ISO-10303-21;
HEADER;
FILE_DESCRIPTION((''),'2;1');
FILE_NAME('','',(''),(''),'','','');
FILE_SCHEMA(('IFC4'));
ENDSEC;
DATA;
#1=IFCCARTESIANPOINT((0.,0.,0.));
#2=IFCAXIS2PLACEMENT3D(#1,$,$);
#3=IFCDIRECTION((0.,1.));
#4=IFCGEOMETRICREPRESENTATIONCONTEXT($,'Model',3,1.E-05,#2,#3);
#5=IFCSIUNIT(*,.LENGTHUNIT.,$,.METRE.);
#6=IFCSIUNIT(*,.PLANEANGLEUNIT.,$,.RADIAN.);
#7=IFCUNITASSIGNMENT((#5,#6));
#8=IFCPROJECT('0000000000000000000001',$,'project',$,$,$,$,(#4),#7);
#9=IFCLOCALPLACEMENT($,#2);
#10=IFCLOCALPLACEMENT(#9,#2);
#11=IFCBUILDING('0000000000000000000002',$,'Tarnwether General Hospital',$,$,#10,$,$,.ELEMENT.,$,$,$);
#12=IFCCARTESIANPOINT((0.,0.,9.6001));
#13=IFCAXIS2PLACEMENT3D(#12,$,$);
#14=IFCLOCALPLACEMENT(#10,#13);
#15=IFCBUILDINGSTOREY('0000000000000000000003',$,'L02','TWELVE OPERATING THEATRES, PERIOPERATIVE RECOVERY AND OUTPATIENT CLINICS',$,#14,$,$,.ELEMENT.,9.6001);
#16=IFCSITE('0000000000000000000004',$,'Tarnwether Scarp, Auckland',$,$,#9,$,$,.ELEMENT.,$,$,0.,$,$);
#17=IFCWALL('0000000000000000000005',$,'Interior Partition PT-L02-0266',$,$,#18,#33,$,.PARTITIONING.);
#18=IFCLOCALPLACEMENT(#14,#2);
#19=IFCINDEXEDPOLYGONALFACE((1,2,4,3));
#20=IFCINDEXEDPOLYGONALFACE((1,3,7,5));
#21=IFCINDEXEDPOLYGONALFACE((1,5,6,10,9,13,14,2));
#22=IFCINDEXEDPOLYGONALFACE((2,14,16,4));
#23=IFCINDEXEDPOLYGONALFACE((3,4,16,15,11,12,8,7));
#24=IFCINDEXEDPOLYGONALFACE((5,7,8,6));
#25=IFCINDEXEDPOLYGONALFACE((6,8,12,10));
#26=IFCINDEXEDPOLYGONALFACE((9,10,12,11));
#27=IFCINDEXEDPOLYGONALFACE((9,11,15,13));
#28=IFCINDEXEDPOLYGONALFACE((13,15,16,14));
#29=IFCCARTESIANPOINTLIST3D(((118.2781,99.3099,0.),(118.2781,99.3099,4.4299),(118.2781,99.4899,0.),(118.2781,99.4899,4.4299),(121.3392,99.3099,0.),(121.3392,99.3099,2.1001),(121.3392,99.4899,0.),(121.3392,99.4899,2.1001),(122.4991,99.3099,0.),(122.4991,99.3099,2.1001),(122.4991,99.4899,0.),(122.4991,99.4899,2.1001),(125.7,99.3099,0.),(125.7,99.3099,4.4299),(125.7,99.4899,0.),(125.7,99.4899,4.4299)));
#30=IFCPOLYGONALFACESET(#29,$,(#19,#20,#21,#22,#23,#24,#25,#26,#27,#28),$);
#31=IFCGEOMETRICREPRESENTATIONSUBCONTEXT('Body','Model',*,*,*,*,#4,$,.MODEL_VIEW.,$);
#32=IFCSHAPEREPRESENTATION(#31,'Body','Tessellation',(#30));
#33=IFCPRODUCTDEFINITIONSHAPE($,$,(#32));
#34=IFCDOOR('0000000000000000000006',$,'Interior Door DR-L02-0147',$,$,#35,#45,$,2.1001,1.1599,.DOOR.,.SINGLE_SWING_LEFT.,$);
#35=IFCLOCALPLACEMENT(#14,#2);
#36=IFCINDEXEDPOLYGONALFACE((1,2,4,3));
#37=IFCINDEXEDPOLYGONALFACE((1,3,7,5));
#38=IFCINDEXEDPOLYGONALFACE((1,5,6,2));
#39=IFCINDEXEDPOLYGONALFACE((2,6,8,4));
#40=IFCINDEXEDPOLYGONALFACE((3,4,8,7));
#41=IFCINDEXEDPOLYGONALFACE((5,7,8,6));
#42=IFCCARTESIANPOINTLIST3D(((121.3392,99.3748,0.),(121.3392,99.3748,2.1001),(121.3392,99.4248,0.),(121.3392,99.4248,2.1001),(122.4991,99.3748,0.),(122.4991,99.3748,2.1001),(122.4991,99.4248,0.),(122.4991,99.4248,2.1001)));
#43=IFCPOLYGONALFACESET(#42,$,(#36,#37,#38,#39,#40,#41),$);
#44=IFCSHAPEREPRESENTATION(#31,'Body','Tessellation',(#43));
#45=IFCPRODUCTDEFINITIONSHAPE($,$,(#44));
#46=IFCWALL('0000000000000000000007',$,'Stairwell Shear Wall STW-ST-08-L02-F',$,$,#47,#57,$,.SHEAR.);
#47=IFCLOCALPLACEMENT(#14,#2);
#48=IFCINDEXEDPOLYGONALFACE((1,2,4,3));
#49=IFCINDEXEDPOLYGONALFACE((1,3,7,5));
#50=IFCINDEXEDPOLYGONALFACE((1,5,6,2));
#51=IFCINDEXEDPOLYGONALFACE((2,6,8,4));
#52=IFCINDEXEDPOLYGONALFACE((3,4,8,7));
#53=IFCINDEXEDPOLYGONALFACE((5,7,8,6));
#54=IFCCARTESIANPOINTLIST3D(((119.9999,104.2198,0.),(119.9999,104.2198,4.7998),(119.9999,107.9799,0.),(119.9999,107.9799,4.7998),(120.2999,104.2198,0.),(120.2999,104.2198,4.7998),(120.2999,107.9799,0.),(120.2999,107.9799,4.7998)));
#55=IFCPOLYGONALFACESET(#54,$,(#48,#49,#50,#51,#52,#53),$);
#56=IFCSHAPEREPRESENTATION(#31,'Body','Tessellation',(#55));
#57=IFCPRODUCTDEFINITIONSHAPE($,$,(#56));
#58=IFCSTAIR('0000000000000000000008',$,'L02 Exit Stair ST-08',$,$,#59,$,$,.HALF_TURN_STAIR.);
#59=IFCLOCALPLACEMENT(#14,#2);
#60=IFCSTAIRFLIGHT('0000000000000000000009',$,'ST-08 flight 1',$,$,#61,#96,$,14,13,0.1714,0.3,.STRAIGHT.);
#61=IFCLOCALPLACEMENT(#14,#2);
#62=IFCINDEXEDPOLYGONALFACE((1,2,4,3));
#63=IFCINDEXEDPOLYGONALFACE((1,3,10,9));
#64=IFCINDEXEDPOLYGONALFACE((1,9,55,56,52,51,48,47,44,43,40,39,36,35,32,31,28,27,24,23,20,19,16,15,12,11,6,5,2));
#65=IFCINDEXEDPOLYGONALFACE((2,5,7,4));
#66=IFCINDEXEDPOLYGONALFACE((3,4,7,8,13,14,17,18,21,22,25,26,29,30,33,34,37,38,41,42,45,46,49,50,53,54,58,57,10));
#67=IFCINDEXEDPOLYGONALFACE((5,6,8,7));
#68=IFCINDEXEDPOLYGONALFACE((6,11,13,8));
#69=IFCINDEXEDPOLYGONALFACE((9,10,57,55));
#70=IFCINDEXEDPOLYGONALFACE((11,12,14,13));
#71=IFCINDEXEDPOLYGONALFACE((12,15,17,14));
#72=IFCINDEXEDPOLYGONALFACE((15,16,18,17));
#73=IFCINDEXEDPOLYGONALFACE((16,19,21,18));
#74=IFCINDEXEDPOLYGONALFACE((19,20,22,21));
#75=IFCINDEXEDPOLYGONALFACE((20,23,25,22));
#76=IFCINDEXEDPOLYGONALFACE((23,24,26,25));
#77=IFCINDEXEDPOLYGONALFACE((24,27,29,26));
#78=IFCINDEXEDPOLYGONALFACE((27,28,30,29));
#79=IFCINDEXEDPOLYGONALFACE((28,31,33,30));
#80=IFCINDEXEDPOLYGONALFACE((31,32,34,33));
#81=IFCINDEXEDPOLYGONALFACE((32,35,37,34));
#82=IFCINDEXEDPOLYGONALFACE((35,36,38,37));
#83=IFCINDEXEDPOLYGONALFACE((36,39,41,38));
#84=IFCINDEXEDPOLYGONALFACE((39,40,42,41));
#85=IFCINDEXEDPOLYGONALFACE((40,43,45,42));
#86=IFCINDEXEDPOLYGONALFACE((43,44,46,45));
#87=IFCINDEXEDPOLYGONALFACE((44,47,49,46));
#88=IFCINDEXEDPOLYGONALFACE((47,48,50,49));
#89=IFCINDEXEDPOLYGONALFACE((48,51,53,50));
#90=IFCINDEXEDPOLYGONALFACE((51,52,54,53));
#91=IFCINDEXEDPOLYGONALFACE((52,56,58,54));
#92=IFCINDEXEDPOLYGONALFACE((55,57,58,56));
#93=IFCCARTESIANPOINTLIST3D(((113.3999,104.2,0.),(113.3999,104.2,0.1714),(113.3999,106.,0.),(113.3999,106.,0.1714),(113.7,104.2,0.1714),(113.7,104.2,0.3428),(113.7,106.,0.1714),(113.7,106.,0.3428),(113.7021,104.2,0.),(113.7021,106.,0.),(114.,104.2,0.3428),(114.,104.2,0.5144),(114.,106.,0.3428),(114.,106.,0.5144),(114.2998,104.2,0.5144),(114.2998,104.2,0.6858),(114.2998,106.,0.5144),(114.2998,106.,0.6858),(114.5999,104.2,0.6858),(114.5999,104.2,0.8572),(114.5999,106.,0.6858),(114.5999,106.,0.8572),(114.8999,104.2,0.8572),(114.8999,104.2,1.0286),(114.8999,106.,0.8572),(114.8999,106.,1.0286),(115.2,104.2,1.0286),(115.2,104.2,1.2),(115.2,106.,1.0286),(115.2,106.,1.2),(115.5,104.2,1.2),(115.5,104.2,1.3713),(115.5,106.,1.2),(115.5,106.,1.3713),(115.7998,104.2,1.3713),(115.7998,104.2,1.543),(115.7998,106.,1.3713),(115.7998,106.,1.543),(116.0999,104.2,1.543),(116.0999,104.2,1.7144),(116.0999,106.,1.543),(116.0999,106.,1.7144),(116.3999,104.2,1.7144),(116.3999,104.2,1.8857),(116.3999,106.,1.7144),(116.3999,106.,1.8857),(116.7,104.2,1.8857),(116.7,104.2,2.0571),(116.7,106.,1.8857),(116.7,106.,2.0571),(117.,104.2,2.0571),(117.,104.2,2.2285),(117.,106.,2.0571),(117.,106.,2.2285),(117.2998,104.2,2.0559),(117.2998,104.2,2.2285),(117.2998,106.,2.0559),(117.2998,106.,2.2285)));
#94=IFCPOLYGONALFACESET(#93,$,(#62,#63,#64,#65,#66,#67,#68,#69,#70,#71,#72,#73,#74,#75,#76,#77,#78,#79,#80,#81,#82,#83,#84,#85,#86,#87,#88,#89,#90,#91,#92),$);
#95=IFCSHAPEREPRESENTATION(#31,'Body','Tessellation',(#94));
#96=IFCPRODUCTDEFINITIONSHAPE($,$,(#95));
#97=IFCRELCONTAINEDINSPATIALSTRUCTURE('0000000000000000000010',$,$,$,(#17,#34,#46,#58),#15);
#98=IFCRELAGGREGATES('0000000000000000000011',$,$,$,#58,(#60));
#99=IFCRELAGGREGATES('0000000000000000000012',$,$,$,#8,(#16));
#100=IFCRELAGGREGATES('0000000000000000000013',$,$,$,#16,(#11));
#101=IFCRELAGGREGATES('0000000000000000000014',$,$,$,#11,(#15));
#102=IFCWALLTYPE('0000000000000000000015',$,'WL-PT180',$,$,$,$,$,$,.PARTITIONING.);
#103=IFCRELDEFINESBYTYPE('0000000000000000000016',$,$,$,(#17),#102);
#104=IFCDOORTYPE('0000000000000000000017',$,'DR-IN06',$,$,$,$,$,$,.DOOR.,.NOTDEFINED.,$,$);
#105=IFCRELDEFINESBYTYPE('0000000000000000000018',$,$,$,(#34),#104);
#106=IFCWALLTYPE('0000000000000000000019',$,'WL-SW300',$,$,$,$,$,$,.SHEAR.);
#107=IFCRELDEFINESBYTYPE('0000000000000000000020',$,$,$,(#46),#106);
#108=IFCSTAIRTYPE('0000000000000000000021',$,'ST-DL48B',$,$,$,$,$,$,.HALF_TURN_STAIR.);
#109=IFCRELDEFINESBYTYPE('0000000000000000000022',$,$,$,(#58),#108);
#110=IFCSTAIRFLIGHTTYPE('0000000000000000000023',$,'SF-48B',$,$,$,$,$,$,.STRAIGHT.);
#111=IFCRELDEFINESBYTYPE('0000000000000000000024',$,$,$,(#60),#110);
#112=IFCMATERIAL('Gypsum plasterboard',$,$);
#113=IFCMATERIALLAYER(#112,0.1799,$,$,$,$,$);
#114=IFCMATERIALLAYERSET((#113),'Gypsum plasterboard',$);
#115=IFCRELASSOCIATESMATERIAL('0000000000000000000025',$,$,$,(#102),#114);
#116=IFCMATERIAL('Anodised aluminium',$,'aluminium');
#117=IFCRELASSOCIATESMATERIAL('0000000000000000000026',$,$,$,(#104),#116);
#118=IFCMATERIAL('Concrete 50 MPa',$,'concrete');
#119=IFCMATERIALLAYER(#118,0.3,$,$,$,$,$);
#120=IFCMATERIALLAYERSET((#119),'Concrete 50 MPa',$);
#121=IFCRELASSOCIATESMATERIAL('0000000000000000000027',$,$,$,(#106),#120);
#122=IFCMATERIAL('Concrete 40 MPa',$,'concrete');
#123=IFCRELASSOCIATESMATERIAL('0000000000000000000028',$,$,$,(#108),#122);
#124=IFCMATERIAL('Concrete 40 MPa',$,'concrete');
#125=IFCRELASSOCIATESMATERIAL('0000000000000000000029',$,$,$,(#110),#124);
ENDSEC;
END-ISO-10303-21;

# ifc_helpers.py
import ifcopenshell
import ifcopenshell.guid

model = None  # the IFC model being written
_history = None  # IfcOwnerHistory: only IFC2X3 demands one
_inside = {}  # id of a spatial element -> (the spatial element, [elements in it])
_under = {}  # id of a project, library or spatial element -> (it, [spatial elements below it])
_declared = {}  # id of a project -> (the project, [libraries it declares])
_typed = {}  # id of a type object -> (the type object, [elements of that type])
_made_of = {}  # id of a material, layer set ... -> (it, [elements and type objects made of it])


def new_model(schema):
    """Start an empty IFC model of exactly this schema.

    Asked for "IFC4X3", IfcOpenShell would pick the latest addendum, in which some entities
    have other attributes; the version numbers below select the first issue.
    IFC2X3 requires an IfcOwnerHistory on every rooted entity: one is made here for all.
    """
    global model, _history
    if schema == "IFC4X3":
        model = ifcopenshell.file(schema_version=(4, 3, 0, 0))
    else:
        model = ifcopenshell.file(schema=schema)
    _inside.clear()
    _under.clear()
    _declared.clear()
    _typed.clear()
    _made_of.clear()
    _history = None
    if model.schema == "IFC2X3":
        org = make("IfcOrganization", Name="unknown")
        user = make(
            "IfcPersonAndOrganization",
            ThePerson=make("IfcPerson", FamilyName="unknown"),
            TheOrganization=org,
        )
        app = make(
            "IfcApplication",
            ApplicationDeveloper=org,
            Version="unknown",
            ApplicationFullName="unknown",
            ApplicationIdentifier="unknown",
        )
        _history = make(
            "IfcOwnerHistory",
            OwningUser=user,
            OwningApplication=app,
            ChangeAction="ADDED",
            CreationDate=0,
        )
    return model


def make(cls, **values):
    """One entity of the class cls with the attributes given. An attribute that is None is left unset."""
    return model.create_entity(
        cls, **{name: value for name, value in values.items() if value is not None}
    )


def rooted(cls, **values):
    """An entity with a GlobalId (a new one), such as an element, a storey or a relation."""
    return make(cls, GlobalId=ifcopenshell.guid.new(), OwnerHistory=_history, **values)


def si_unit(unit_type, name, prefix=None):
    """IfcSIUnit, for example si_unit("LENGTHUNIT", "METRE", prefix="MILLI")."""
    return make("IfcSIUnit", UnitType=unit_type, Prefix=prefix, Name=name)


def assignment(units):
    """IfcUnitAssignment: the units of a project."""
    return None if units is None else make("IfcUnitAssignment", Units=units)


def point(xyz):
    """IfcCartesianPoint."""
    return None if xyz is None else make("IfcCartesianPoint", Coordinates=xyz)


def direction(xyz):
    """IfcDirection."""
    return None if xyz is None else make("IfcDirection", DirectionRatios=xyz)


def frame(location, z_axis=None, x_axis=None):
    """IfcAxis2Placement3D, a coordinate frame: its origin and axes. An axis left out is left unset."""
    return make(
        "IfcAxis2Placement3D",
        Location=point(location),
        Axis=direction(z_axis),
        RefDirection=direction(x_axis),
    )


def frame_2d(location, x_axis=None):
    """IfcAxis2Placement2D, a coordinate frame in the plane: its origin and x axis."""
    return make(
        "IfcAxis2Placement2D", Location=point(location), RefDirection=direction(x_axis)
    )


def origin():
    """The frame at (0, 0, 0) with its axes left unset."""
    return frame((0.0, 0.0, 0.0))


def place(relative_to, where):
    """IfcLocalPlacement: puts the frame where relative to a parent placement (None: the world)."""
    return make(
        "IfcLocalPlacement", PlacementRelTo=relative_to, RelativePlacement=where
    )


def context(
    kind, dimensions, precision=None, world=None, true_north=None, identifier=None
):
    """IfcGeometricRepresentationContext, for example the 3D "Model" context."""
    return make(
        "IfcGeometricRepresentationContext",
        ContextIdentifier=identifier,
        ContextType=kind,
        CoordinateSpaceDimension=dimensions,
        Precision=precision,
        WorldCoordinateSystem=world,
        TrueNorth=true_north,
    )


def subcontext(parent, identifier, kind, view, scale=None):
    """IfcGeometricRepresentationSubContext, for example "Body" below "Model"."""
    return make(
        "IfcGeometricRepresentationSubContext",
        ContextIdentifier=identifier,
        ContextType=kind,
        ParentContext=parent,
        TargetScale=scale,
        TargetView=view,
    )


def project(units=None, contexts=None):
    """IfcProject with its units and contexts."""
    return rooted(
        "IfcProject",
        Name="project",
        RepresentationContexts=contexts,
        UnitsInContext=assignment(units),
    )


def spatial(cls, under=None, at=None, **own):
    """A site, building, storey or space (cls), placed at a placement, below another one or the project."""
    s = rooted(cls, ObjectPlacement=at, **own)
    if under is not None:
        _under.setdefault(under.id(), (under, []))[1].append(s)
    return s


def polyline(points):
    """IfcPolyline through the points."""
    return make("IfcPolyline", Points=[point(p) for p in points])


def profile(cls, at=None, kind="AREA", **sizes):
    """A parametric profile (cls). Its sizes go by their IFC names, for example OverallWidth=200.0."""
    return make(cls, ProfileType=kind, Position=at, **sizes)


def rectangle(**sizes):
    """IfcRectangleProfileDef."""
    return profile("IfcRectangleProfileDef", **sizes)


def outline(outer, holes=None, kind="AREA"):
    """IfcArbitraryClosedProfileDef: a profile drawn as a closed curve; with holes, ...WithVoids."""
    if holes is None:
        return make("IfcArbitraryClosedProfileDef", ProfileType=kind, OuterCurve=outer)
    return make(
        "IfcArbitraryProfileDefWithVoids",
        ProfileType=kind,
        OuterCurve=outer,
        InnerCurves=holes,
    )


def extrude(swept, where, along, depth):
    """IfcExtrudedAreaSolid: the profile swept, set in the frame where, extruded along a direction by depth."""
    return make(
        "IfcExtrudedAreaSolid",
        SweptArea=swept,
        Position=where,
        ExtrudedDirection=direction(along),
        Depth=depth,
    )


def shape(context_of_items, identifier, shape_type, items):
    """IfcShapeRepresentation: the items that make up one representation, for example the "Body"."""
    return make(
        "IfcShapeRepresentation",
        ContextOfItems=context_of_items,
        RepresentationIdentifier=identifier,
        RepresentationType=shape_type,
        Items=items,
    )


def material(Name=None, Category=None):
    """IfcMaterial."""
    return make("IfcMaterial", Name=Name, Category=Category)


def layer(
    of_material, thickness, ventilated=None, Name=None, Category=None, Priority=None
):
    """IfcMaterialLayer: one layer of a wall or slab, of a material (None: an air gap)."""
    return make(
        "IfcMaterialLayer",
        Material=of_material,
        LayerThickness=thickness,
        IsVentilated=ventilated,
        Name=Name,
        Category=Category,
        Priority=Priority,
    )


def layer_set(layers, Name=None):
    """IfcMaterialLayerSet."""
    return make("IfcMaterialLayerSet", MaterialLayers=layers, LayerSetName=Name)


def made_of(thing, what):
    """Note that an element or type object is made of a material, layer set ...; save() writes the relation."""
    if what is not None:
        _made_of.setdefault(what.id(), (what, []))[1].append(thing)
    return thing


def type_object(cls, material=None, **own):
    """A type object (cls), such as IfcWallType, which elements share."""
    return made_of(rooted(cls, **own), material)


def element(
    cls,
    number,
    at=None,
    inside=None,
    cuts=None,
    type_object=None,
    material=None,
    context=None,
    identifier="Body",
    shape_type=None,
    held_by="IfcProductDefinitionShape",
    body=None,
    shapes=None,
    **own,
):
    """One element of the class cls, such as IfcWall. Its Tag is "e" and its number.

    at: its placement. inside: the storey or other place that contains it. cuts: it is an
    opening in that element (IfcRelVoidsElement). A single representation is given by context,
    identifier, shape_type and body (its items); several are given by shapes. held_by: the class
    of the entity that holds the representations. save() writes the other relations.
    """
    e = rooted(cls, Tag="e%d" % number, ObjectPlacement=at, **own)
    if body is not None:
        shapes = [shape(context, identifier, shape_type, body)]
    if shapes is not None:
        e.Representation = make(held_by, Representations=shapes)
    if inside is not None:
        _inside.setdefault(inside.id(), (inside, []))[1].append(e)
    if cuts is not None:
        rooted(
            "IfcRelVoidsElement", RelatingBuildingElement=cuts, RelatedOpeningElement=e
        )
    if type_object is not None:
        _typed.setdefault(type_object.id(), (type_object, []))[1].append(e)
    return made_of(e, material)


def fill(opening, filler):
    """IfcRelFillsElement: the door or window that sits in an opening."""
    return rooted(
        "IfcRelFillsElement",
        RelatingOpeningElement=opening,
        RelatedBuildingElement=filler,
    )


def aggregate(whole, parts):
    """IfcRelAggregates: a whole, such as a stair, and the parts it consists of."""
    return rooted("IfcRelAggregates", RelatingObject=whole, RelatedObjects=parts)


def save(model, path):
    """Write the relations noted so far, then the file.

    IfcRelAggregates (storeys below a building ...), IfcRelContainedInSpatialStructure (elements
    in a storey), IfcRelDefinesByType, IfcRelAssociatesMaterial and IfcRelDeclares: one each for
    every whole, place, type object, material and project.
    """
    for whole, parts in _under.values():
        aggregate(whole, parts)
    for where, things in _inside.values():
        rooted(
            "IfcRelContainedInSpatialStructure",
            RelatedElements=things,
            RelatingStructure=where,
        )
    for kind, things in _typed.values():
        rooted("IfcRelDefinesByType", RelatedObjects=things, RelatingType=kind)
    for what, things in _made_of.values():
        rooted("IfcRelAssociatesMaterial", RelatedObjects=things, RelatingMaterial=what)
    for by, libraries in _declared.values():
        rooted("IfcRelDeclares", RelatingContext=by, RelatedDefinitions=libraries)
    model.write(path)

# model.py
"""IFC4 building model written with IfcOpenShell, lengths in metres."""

from ifc_helpers import new_model, si_unit, direction, frame, frame_2d, origin, place, context, subcontext, project, spatial, polyline, rectangle, outline, extrude, material, layer, layer_set, type_object, element, fill, aggregate, save


model = new_model("IFC4")

# Units and contexts
model_context = context("Model", 3, precision=1e-05, world=origin(), true_north=direction((0.0, 1.0)))
body_context = subcontext(model_context, "Body", "Model", "MODEL_VIEW")
ifc_project = project(units=[si_unit("LENGTHUNIT", "METRE"), si_unit("PLANEANGLEUNIT", "RADIAN")], contexts=[model_context])

# Site, building, storey
site_placement = place(None, origin())
site = spatial("IfcSite", under=ifc_project, at=site_placement, Name="Tarnwether Scarp, Auckland", CompositionType="ELEMENT", RefElevation=0.0)
building_placement = place(site_placement, origin())
building = spatial("IfcBuilding", under=site, at=building_placement, Name="Tarnwether General Hospital", CompositionType="ELEMENT")
storey_placement = place(building_placement, frame((0.0, 0.0, 9.6001)))
storey = spatial("IfcBuildingStorey", under=building, at=storey_placement, Name="L02", Description="TWELVE OPERATING THEATRES, PERIOPERATIVE RECOVERY AND OUTPATIENT CLINICS", CompositionType="ELEMENT", Elevation=9.6001)

# Shared definitions
ifc_material_1 = material(Name="Gypsum plasterboard")
ifc_layer_1 = layer(ifc_material_1, 0.1799)
ifc_layer_set_1 = layer_set([ifc_layer_1], Name="Gypsum plasterboard")
wall_type_1 = type_object("IfcWallType", Name="WL-PT180", PredefinedType="PARTITIONING", material=ifc_layer_set_1)

# Wall, opening, door
wall_1_placement = place(storey_placement, frame((118.2781, 99.3999, 0.0), z_axis=(0.0, 0.0, 1.0), x_axis=(1.0, 0.0, 0.0)))
wall_1 = element("IfcWall", 1, at=wall_1_placement, inside=storey, type_object=wall_type_1, Name="Interior Partition PT-L02-0266", PredefinedType="PARTITIONING", context=body_context, shape_type="SweptSolid", body=[
    extrude(rectangle(XDim=7.4219, YDim=0.1799, at=frame_2d((3.7109, 0.0))), origin(), (0.0, 0.0, 1.0), 4.4299),
])
opening_1_placement = place(wall_1_placement, frame((3.061, 0.0, 0.0)))
opening_1 = element("IfcOpeningElement", 2, at=opening_1_placement, cuts=wall_1, PredefinedType="OPENING", context=body_context, shape_type="SweptSolid", body=[
    extrude(rectangle(XDim=1.1599, YDim=2.1001, at=frame_2d((0.5801, 1.05))), frame((0.0, 0.1001, 0.0), z_axis=(0.0, -1.0, 0.0), x_axis=(1.0, 0.0, 0.0)), (0.0, 0.0, 1.0), 0.2),
])
ifc_material_2 = material(Name="Anodised aluminium", Category="aluminium")
door_type_1 = type_object("IfcDoorType", Name="DR-IN06", OperationType="NOTDEFINED", PredefinedType="DOOR", material=ifc_material_2)
door_1_placement = place(opening_1_placement, origin())
door_1 = element("IfcDoor", 3, at=door_1_placement, inside=storey, type_object=door_type_1, Name="Interior Door DR-L02-0147", OperationType="SINGLE_SWING_LEFT", OverallHeight=2.1001, OverallWidth=1.1599, PredefinedType="DOOR", context=body_context, shape_type="SweptSolid", body=[
    extrude(rectangle(XDim=1.1599, YDim=2.1001, at=frame_2d((0.5801, 1.05))), frame((0.0, 0.0249, 0.0), z_axis=(0.0, -1.0, 0.0), x_axis=(1.0, 0.0, 0.0)), (0.0, 0.0, 1.0), 0.05),
])
fill(opening_1, door_1)

# Wall
ifc_material_3 = material(Name="Concrete 50 MPa", Category="concrete")
ifc_layer_2 = layer(ifc_material_3, 0.3)
ifc_layer_set_2 = layer_set([ifc_layer_2], Name="Concrete 50 MPa")
wall_type_2 = type_object("IfcWallType", Name="WL-SW300", PredefinedType="SHEAR", material=ifc_layer_set_2)
wall_2_placement = place(storey_placement, frame((120.1499, 104.22, 0.0), z_axis=(0.0, 0.0, 1.0), x_axis=(0.0, 1.0, 0.0)))
element("IfcWall", 4, at=wall_2_placement, inside=storey, type_object=wall_type_2, Name="Stairwell Shear Wall STW-ST-08-L02-F", PredefinedType="SHEAR", context=body_context, shape_type="SweptSolid", body=[
    extrude(rectangle(XDim=3.76, YDim=0.3, at=frame_2d((1.8799, 0.0))), origin(), (0.0, 0.0, 1.0), 4.7998),
])

# Stair, stair flight
ifc_material_4 = material(Name="Concrete 40 MPa", Category="concrete")
stair_type = type_object("IfcStairType", Name="ST-DL48B", PredefinedType="HALF_TURN_STAIR", material=ifc_material_4)
stair_placement = place(storey_placement, origin())
stair = element("IfcStair", 5, at=stair_placement, inside=storey, type_object=stair_type, Name="L02 Exit Stair ST-08", PredefinedType="HALF_TURN_STAIR")
ifc_material_5 = material(Name="Concrete 40 MPa", Category="concrete")
stair_flight_type = type_object("IfcStairFlightType", Name="SF-48B", PredefinedType="STRAIGHT", material=ifc_material_5)
stair_flight_placement = place(storey_placement, frame((113.3999, 105.1001, 0.0), z_axis=(0.0, 0.0, 1.0), x_axis=(1.0, 0.0, 0.0)))
stair_flight = element("IfcStairFlight", 6, at=stair_flight_placement, type_object=stair_flight_type, Name="ST-08 flight 1", NumberOfRisers=14, NumberOfTreads=13, PredefinedType="STRAIGHT", RiserHeight=0.1714, TreadLength=0.3, context=body_context, shape_type="SweptSolid", body=[
    extrude(outline(polyline([(0.0, 0.0), (0.0, 0.1714), (0.3, 0.1714), (0.3, 0.3428), (0.6001, 0.3428), (0.6001, 0.5144), (0.8999, 0.5144), (0.8999, 0.6858), (1.2, 0.6858), (1.2, 0.8572), (1.5, 0.8572), (1.5, 1.0286), (1.8, 1.0286), (1.8, 1.2), (2.1001, 1.2), (2.1001, 1.3713), (2.3999, 1.3713), (2.3999, 1.543), (2.7, 1.543), (2.7, 1.7144), (3.0, 1.7144), (3.0, 1.8857), (3.3, 1.8857), (3.3, 2.0571), (3.6001, 2.0571), (3.6001, 2.2285), (3.8999, 2.2285), (3.8999, 2.3999), (3.8999, 2.0559), (0.3022, 0.0), (0.0, 0.0)])), frame((0.0, 0.8999, 0.0), z_axis=(0.0, -1.0, 0.0), x_axis=(1.0, 0.0, 0.0)), (0.0, 0.0, 1.0), 1.8),
])
aggregate(stair, [stair_flight])

save(model, "model.ifc")
